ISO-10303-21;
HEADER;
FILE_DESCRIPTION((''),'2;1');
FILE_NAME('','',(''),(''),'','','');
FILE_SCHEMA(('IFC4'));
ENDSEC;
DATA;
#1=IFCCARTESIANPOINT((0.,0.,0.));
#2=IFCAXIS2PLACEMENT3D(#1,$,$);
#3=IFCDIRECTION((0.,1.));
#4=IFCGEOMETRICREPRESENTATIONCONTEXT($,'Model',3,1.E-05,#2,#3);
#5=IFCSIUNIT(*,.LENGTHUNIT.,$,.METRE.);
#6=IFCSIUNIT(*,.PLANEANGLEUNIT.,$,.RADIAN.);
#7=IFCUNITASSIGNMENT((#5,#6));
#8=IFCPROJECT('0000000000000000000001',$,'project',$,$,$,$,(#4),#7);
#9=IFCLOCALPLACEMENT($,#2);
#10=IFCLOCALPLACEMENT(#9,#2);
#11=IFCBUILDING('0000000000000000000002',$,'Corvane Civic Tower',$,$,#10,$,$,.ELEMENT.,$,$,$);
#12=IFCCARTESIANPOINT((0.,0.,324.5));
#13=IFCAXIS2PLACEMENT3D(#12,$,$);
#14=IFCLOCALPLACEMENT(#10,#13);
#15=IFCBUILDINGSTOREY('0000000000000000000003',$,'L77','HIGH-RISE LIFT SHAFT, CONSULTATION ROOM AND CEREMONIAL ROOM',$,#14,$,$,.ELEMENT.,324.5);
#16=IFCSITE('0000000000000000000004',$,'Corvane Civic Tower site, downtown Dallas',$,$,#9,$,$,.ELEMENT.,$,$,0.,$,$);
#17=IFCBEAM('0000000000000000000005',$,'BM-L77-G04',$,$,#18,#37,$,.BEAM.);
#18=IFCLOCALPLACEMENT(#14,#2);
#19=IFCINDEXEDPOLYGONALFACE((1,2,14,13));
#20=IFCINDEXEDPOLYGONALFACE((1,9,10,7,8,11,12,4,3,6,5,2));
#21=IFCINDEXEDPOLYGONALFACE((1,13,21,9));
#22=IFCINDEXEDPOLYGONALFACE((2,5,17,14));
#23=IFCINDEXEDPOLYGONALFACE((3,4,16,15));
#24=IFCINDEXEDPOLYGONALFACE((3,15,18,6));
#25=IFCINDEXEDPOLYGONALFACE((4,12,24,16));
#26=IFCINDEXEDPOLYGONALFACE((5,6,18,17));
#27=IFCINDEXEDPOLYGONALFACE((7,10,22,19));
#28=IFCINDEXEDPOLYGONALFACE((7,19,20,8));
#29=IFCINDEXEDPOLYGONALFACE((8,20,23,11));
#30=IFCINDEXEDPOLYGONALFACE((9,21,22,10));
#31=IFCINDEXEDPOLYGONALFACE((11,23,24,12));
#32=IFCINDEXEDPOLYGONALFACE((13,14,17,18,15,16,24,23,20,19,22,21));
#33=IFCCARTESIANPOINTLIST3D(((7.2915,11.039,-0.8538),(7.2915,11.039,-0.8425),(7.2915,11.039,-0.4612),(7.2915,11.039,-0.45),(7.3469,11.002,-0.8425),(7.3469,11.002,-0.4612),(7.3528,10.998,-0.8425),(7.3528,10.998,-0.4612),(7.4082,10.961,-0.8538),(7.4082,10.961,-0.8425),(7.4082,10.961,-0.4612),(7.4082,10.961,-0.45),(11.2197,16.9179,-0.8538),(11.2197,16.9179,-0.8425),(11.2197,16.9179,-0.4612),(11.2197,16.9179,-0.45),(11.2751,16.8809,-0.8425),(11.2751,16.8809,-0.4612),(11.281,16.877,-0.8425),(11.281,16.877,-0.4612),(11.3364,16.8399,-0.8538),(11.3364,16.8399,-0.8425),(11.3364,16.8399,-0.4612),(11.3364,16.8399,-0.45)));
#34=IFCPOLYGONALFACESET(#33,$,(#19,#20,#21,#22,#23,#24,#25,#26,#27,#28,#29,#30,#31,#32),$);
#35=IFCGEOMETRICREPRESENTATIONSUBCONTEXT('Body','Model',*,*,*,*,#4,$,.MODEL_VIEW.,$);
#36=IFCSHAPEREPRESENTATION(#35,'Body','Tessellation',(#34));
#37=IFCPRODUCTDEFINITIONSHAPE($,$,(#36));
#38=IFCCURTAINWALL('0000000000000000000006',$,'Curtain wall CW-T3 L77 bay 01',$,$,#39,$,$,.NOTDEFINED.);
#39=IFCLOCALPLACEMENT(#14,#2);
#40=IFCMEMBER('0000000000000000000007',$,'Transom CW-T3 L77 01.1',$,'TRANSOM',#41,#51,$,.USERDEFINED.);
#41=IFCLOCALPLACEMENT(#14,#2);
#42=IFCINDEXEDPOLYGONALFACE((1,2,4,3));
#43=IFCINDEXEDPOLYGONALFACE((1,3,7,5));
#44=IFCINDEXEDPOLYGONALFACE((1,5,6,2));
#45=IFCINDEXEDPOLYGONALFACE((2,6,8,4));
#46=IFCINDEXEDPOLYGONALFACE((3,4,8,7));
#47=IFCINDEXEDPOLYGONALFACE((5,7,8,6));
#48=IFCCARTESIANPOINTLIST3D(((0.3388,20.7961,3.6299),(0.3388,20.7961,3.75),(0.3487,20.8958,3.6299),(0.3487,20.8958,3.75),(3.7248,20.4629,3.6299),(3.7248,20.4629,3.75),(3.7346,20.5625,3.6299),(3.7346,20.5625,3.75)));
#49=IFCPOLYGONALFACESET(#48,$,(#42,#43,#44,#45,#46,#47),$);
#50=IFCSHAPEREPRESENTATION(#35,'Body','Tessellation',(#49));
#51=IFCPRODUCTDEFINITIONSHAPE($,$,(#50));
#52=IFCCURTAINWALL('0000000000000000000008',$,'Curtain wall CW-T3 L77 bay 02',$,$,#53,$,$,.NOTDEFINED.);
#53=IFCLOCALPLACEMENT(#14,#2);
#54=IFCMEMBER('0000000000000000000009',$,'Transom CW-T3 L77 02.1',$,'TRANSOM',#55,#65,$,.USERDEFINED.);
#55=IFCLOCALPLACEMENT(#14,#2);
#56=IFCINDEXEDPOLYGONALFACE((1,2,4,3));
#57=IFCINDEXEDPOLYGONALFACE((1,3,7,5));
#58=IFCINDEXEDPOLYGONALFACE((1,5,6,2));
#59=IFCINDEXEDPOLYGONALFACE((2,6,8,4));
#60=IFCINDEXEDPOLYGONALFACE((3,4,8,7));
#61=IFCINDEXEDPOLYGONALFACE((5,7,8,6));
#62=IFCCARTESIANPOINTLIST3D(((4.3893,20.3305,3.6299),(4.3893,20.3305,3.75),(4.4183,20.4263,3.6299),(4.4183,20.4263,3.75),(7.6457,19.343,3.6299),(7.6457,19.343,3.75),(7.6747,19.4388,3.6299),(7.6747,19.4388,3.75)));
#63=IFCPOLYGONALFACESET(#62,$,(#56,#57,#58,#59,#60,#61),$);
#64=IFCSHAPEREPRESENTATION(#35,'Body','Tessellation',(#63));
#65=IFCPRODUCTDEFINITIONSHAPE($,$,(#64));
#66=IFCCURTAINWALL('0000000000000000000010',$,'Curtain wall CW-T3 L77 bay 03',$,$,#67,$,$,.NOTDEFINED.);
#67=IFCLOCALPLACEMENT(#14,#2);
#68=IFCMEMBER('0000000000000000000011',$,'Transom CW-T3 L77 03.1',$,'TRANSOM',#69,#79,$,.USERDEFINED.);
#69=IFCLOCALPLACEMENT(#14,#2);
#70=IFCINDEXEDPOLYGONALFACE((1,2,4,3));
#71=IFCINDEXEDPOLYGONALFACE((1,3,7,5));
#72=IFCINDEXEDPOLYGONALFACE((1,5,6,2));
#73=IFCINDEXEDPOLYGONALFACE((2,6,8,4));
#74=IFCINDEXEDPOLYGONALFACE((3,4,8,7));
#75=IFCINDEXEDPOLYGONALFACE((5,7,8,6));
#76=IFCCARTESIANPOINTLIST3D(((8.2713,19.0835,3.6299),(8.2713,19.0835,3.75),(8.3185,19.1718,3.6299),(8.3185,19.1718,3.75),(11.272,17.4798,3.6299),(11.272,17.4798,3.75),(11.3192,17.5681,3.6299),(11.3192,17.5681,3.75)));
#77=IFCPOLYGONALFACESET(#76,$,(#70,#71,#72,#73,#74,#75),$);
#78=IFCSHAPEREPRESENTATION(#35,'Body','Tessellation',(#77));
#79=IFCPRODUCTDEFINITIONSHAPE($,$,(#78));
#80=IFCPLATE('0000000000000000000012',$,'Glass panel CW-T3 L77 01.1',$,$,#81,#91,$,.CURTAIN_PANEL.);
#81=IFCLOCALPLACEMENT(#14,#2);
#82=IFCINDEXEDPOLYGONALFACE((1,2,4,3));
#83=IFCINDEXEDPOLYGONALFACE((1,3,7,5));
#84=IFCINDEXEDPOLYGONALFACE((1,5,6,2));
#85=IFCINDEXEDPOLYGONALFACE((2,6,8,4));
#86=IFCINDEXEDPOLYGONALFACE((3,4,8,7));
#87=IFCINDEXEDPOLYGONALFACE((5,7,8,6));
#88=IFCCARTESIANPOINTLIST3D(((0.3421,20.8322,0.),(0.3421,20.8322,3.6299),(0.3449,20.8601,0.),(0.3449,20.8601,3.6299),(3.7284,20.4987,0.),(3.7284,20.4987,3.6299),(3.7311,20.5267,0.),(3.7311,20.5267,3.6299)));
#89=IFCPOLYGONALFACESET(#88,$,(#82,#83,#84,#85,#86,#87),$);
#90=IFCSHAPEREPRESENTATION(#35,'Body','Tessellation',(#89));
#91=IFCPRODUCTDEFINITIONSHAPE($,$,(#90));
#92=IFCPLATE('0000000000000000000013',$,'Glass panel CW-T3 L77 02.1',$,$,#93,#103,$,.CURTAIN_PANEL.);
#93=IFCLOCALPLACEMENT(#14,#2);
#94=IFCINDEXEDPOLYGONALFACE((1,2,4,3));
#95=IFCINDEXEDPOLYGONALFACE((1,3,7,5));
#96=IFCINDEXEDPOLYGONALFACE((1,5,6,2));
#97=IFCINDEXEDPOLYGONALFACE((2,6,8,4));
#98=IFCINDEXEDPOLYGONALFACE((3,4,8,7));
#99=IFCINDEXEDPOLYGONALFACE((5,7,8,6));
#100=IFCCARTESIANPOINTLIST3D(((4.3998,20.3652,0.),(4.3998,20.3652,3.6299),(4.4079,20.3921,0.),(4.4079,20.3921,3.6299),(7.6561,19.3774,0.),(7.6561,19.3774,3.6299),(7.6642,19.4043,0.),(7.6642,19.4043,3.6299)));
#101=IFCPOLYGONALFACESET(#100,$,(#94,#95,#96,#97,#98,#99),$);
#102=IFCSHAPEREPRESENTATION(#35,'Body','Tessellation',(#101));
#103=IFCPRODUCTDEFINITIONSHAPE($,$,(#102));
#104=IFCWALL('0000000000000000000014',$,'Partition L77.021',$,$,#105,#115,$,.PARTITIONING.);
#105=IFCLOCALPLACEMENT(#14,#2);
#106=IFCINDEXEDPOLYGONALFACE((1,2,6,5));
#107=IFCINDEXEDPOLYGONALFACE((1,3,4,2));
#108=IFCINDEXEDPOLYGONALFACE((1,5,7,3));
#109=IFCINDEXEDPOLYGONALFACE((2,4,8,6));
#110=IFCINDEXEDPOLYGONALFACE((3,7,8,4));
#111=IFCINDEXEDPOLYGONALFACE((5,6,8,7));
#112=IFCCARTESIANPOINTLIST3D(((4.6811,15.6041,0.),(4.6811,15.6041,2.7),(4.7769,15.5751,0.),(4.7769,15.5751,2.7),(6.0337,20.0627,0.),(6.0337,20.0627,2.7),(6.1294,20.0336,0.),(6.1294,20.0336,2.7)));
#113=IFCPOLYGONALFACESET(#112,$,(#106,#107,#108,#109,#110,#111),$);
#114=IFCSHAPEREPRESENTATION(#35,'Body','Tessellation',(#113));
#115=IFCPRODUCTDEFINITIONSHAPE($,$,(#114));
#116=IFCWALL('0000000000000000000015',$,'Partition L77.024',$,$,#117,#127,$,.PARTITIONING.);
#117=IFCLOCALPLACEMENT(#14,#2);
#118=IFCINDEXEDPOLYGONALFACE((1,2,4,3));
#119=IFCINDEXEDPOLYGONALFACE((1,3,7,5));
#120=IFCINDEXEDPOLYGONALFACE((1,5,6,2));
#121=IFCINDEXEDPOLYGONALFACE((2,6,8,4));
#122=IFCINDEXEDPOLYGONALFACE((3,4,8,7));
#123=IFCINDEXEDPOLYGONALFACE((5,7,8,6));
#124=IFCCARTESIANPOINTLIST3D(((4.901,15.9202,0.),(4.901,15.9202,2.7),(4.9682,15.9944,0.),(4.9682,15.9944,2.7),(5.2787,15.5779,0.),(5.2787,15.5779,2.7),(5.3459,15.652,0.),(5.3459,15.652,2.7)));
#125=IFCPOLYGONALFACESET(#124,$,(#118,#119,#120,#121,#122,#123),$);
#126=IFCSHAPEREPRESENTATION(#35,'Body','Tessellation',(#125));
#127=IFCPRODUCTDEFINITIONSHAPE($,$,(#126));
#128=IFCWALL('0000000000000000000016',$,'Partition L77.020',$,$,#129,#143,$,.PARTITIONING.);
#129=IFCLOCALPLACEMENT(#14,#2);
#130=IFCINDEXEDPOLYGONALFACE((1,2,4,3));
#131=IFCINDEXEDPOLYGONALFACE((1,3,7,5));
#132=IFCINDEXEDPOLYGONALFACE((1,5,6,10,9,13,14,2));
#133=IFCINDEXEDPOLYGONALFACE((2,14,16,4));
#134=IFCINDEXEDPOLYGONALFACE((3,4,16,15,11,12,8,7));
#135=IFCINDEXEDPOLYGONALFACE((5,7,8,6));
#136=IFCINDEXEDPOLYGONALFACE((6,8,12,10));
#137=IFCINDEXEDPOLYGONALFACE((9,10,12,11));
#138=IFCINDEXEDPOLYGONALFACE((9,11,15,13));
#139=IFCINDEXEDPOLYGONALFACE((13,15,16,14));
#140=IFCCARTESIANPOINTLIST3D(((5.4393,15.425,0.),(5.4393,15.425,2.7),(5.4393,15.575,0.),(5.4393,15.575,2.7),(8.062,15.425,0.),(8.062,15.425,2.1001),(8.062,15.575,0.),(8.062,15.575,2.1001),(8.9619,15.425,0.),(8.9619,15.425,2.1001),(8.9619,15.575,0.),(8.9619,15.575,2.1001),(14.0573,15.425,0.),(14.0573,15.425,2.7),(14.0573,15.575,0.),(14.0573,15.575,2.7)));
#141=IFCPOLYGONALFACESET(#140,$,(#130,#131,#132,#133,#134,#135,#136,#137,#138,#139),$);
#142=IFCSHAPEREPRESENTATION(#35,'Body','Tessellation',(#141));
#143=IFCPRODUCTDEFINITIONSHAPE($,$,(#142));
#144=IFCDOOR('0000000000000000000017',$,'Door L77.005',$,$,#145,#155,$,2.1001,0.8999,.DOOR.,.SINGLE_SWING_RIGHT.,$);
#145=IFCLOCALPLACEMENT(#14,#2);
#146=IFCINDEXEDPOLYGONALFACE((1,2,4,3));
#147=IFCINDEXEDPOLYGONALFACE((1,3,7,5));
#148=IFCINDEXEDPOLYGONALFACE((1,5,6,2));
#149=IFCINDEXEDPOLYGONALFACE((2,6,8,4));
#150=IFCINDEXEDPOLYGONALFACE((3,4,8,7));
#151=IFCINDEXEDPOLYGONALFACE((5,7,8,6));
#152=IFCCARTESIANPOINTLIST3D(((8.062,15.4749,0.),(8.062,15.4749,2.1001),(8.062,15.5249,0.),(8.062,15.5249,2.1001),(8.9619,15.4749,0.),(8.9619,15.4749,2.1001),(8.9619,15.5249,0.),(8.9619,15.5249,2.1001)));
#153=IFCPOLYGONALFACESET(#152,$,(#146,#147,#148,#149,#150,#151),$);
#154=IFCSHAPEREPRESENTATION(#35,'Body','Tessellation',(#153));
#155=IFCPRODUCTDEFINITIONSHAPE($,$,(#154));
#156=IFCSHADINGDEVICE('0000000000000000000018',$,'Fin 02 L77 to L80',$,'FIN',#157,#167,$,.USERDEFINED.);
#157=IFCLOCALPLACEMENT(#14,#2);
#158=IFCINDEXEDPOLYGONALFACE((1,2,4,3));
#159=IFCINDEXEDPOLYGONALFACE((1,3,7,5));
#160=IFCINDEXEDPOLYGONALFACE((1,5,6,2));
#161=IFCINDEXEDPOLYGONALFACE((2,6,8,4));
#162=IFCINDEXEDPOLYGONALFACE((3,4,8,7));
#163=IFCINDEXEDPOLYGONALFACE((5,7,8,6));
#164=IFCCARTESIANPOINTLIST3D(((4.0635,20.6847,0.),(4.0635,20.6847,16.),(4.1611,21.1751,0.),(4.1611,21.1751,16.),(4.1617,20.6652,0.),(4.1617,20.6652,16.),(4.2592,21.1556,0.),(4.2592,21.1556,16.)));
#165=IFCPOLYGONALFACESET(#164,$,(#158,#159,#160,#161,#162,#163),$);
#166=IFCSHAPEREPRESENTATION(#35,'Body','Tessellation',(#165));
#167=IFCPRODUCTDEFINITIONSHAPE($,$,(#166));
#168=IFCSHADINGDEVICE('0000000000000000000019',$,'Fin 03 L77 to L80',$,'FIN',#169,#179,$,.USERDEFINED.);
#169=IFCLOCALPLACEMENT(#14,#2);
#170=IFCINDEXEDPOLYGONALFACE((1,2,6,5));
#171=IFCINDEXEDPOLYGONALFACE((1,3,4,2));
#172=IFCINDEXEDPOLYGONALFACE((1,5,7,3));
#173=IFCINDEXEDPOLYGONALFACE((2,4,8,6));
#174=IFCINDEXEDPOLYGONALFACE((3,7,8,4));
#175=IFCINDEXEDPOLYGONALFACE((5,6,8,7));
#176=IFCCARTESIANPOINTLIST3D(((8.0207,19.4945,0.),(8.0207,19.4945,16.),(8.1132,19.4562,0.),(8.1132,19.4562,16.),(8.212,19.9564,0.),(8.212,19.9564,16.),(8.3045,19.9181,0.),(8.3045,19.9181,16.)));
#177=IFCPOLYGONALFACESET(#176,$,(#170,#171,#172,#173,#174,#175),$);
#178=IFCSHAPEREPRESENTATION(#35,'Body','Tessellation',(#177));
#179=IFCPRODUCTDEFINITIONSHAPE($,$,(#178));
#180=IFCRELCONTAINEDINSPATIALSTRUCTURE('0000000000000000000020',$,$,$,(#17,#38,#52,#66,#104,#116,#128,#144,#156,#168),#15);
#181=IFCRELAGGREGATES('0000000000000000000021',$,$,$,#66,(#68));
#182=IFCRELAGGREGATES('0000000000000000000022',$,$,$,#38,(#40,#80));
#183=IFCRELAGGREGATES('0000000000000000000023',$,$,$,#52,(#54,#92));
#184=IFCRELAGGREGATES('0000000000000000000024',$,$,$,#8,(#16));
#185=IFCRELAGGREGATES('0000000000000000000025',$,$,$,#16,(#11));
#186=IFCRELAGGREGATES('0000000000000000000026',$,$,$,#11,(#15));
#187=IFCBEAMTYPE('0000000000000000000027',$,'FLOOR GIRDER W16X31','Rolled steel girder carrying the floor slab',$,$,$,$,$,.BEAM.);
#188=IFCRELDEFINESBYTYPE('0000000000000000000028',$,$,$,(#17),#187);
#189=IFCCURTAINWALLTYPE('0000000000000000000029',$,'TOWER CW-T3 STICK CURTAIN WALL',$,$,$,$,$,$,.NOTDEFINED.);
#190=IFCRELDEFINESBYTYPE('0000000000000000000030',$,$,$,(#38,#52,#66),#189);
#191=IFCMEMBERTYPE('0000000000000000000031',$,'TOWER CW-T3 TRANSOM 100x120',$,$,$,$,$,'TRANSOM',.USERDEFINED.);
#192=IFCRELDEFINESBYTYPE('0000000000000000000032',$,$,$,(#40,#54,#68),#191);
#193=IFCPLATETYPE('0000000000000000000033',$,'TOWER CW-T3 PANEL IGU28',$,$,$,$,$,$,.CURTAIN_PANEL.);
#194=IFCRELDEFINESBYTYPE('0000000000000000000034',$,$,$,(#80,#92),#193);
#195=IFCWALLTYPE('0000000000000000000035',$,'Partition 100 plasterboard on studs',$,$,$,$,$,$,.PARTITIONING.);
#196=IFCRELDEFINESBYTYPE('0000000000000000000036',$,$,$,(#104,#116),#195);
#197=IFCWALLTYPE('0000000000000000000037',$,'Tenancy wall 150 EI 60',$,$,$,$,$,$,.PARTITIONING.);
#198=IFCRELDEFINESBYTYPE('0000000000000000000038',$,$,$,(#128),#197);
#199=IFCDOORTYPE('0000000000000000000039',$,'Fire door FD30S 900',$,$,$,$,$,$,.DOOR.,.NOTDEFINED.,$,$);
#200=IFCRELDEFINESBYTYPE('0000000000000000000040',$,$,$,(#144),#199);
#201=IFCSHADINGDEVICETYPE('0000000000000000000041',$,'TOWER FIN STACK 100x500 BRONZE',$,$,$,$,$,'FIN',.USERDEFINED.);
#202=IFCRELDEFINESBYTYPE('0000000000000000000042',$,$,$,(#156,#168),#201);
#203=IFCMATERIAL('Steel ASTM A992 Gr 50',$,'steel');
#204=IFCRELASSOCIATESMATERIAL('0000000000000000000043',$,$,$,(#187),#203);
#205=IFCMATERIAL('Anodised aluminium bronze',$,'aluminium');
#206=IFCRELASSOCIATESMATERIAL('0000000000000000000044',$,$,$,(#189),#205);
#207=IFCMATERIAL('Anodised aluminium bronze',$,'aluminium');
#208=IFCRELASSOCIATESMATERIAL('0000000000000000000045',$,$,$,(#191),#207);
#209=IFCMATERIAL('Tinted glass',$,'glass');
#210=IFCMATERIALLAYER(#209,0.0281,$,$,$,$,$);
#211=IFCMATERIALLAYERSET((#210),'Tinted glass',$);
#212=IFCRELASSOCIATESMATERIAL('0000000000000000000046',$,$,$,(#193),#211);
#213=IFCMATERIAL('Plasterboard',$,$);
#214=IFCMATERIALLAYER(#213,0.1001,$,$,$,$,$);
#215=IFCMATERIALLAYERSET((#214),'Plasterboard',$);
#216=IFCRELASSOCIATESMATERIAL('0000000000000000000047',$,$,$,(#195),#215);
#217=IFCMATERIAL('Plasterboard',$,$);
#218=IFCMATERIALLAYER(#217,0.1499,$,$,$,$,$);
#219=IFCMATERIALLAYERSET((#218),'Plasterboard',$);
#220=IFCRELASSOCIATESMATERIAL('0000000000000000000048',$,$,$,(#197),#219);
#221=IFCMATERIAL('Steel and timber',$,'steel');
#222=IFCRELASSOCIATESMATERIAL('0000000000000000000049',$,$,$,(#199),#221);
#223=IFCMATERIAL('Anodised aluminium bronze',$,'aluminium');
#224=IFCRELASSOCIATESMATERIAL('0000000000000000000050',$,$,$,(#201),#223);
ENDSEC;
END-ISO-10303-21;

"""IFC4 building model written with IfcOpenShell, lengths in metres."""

from ifc_helpers import new_model, si_unit, direction, frame, frame_2d, origin, origin_2d, place, context, subcontext, project, spatial, rectangle, i_section, extrude, material, layer, layer_set, material_profile, profile_set, type_object, element, fill, aggregate, save


model = new_model("IFC4")

# Units and contexts
model_context = context("Model", 3, precision=1e-05, world=origin(), true_north=direction((0.0, 1.0)))
body_context = subcontext(model_context, "Body", "Model", "MODEL_VIEW")
ifc_project = project(units=[si_unit("LENGTHUNIT", "METRE"), si_unit("PLANEANGLEUNIT", "RADIAN")], contexts=[model_context])

# Site, building, storey
site_placement = place(None, origin())
site = spatial("IfcSite", under=ifc_project, at=site_placement, Name="Corvane Civic Tower site, downtown Dallas", CompositionType="ELEMENT", RefElevation=0.0)
building_placement = place(site_placement, origin())
building = spatial("IfcBuilding", under=site, at=building_placement, Name="Corvane Civic Tower", CompositionType="ELEMENT")
storey_placement = place(building_placement, frame((0.0, 0.0, 324.5)))
storey = spatial("IfcBuildingStorey", under=building, at=storey_placement, Name="L77", Description="HIGH-RISE LIFT SHAFT, CONSULTATION ROOM AND CEREMONIAL ROOM", CompositionType="ELEMENT", Elevation=324.5)

# Beam
ifc_material_1 = material(Name="Steel ASTM A992 Gr 50", Category="steel")
ifc_material_profile_1 = material_profile(ifc_material_1, i_section(OverallWidth=0.1404, OverallDepth=0.4038, WebThickness=0.0071, FlangeThickness=0.0112, at=origin_2d()), Name="W16X31")
ifc_profile_set_1 = profile_set([ifc_material_profile_1], Name="Steel ASTM A992 Gr 50")
beam_type_1 = type_object("IfcBeamType", Name="FLOOR GIRDER W16X31", Description="Rolled steel girder carrying the floor slab", PredefinedType="BEAM", material=ifc_profile_set_1)
beam_1_placement = place(storey_placement, frame((7.3499, 11.0, -0.6519), z_axis=(0.555576, 0.831465, 0.0), x_axis=(-0.831465, 0.555576, 0.0)))
element("IfcBeam", 1, at=beam_1_placement, inside=storey, type_object=beam_type_1, Name="BM-L77-G04", PredefinedType="BEAM", context=body_context, shape_type="SweptSolid", body=[
    extrude(i_section(OverallWidth=0.1404, OverallDepth=0.4038, WebThickness=0.0071, FlangeThickness=0.0112, at=origin_2d()), origin(), (0.0, 0.0, 1.0), 7.0706),
])

# Curtain walls, members
ifc_material_2 = material(Name="Anodised aluminium bronze", Category="aluminium")
curtain_wall_type = type_object("IfcCurtainWallType", Name="TOWER CW-T3 STICK CURTAIN WALL", PredefinedType="NOTDEFINED", material=ifc_material_2)
curtain_wall_1_placement = place(storey_placement, origin())
curtain_wall_1 = element("IfcCurtainWall", 2, at=curtain_wall_1_placement, inside=storey, type_object=curtain_wall_type, Name="Curtain wall CW-T3 L77 bay 01", PredefinedType="NOTDEFINED")
ifc_material_3 = material(Name="Anodised aluminium bronze", Category="aluminium")
ifc_material_profile_2 = material_profile(ifc_material_3, rectangle(XDim=0.1001, YDim=0.1201, at=origin_2d()), Name="TOWER CW-T3 TRANSOM 100x120")
ifc_profile_set_2 = profile_set([ifc_material_profile_2], Name="Anodised aluminium bronze")
member_type = type_object("IfcMemberType", Name="TOWER CW-T3 TRANSOM 100x120", ElementType="TRANSOM", PredefinedType="USERDEFINED", material=ifc_profile_set_2)
member_1_placement = place(storey_placement, frame((0.3438, 20.8459, 3.6899), z_axis=(0.995192, -0.097948, 0.0), x_axis=(0.097948, 0.995192, 0.0)))
member_1 = element("IfcMember", 3, at=member_1_placement, type_object=member_type, Name="Transom CW-T3 L77 01.1", ObjectType="TRANSOM", PredefinedType="USERDEFINED", context=body_context, shape_type="SweptSolid", body=[
    extrude(rectangle(XDim=0.1001, YDim=0.1201, at=origin_2d()), origin(), (0.0, 0.0, 1.0), 3.4023),
])
curtain_wall_2_placement = place(storey_placement, origin())
curtain_wall_2 = element("IfcCurtainWall", 4, at=curtain_wall_2_placement, inside=storey, type_object=curtain_wall_type, Name="Curtain wall CW-T3 L77 bay 02", PredefinedType="NOTDEFINED")
member_2_placement = place(storey_placement, frame((4.4038, 20.3784, 3.6899), z_axis=(0.956961, -0.290216, 0.0), x_axis=(0.290216, 0.956961, 0.0)))
member_2 = element("IfcMember", 5, at=member_2_placement, type_object=member_type, Name="Transom CW-T3 L77 02.1", ObjectType="TRANSOM", PredefinedType="USERDEFINED", context=body_context, shape_type="SweptSolid", body=[
    extrude(rectangle(XDim=0.1001, YDim=0.1201, at=origin_2d()), origin(), (0.0, 0.0, 1.0), 3.4028),
])
curtain_wall_3_placement = place(storey_placement, origin())
curtain_wall_3 = element("IfcCurtainWall", 6, at=curtain_wall_3_placement, inside=storey, type_object=curtain_wall_type, Name="Curtain wall CW-T3 L77 bay 03", PredefinedType="NOTDEFINED")
member_3_placement = place(storey_placement, frame((8.2949, 19.1277, 3.6899), z_axis=(0.881941, -0.471359, 0.0), x_axis=(0.471359, 0.881941, 0.0)))
member_3 = element("IfcMember", 7, at=member_3_placement, type_object=member_type, Name="Transom CW-T3 L77 03.1", ObjectType="TRANSOM", PredefinedType="USERDEFINED", context=body_context, shape_type="SweptSolid", body=[
    extrude(rectangle(XDim=0.1001, YDim=0.1201, at=origin_2d()), origin(), (0.0, 0.0, 1.0), 3.4023),
])
aggregate(curtain_wall_3, [member_3])

# Plates
ifc_material_4 = material(Name="Tinted glass", Category="glass")
ifc_layer_1 = layer(ifc_material_4, 0.0281)
ifc_layer_set_1 = layer_set([ifc_layer_1], Name="Tinted glass")
plate_type = type_object("IfcPlateType", Name="TOWER CW-T3 PANEL IGU28", PredefinedType="CURTAIN_PANEL", material=ifc_layer_set_1)
plate_1_placement = place(storey_placement, frame((2.0366, 20.6794, 0.0), z_axis=(0.0, 0.0, 1.0), x_axis=(0.995187, -0.097998, 0.0)))
plate_1 = element("IfcPlate", 8, at=plate_1_placement, type_object=plate_type, Name="Glass panel CW-T3 L77 01.1", PredefinedType="CURTAIN_PANEL", context=body_context, shape_type="SweptSolid", body=[
    extrude(rectangle(XDim=3.4026, YDim=0.0281, at=origin_2d()), origin(), (0.0, 0.0, 1.0), 3.6299),
])
aggregate(curtain_wall_1, [member_1, plate_1])
plate_2_placement = place(storey_placement, frame((6.032, 19.8848, 0.0), z_axis=(0.0, 0.0, 1.0), x_axis=(0.956939, -0.29029, 0.0)))
plate_2 = element("IfcPlate", 9, at=plate_2_placement, type_object=plate_type, Name="Glass panel CW-T3 L77 02.1", PredefinedType="CURTAIN_PANEL", context=body_context, shape_type="SweptSolid", body=[
    extrude(rectangle(XDim=3.4028, YDim=0.0281, at=origin_2d()), origin(), (0.0, 0.0, 1.0), 3.6299),
])
aggregate(curtain_wall_2, [member_2, plate_2])

# Walls
ifc_material_5 = material(Name="Plasterboard")
ifc_layer_2 = layer(ifc_material_5, 0.1001)
ifc_layer_set_2 = layer_set([ifc_layer_2], Name="Plasterboard")
wall_type_1 = type_object("IfcWallType", Name="Partition 100 plasterboard on studs", PredefinedType="PARTITIONING", material=ifc_layer_set_2)
wall_1_placement = place(storey_placement, frame((4.729, 15.5896, 0.0), z_axis=(0.0, 0.0, 1.0), x_axis=(0.290298, 0.956936, 0.0)))
element("IfcWall", 10, at=wall_1_placement, inside=storey, type_object=wall_type_1, Name="Partition L77.021", PredefinedType="PARTITIONING", context=body_context, shape_type="SweptSolid", body=[
    extrude(rectangle(XDim=4.6592, YDim=0.1001, at=frame_2d((2.3296, 0.0))), origin(), (0.0, 0.0, 1.0), 2.7),
])
wall_2_placement = place(storey_placement, frame((4.9346, 15.9573, 0.0), z_axis=(0.0, 0.0, 1.0), x_axis=(0.74098, -0.671528, 0.0)))
element("IfcWall", 11, at=wall_2_placement, inside=storey, type_object=wall_type_1, Name="Partition L77.024", PredefinedType="PARTITIONING", context=body_context, shape_type="SweptSolid", body=[
    extrude(rectangle(XDim=0.5098, YDim=0.1001, at=frame_2d((0.2549, 0.0))), origin(), (0.0, 0.0, 1.0), 2.7),
])

# Wall, opening, door
ifc_material_6 = material(Name="Plasterboard")
ifc_layer_3 = layer(ifc_material_6, 0.1499)
ifc_layer_set_3 = layer_set([ifc_layer_3], Name="Plasterboard")
wall_type_2 = type_object("IfcWallType", Name="Tenancy wall 150 EI 60", PredefinedType="PARTITIONING", material=ifc_layer_set_3)
wall_3_placement = place(storey_placement, frame((5.4392, 15.5, 0.0), z_axis=(0.0, 0.0, 1.0), x_axis=(1.0, 0.0, 0.0)))
wall_3 = element("IfcWall", 12, at=wall_3_placement, inside=storey, type_object=wall_type_2, Name="Partition L77.020", PredefinedType="PARTITIONING", context=body_context, shape_type="SweptSolid", body=[
    extrude(rectangle(XDim=8.6179, YDim=0.1499, at=frame_2d((4.3091, 0.0))), origin(), (0.0, 0.0, 1.0), 2.7),
])
opening_placement = place(wall_3_placement, frame((2.6228, 0.0, 0.0)))
opening = element("IfcOpeningElement", 13, at=opening_placement, cuts=wall_3, PredefinedType="OPENING", context=body_context, shape_type="SweptSolid", body=[
    extrude(rectangle(XDim=0.8999, YDim=2.1001, at=frame_2d((0.45, 1.05))), frame((0.0, 0.085, 0.0), z_axis=(0.0, -1.0, 0.0), x_axis=(1.0, 0.0, 0.0)), (0.0, 0.0, 1.0), 0.1699),
])
ifc_material_7 = material(Name="Steel and timber", Category="steel")
door_type = type_object("IfcDoorType", Name="Fire door FD30S 900", OperationType="NOTDEFINED", PredefinedType="DOOR", material=ifc_material_7)
door_placement = place(opening_placement, origin())
door = element("IfcDoor", 14, at=door_placement, inside=storey, type_object=door_type, Name="Door L77.005", OperationType="SINGLE_SWING_RIGHT", OverallHeight=2.1001, OverallWidth=0.8999, PredefinedType="DOOR", context=body_context, shape_type="SweptSolid", body=[
    extrude(rectangle(XDim=0.8999, YDim=2.1001, at=frame_2d((0.45, 1.05))), frame((0.0, 0.0249, 0.0), z_axis=(0.0, -1.0, 0.0), x_axis=(1.0, 0.0, 0.0)), (0.0, 0.0, 1.0), 0.05),
])
fill(opening, door)

# Shading devices
ifc_material_8 = material(Name="Anodised aluminium bronze", Category="aluminium")
ifc_material_profile_3 = material_profile(ifc_material_8, rectangle(XDim=0.1001, YDim=0.5, at=origin_2d()), Name="TOWER FIN STACK 100x500 BRONZE")
ifc_profile_set_3 = profile_set([ifc_material_profile_3], Name="Anodised aluminium bronze")
shading_device_type = type_object("IfcShadingDeviceType", Name="TOWER FIN STACK 100x500 BRONZE", ElementType="FIN", PredefinedType="USERDEFINED", material=ifc_profile_set_3)
for number, where, z_axis, x_axis, name in (
    (15, (4.1614, 20.9202, 0.0), (0.0, 0.0, 1.0), (0.980785, -0.19509, 0.0), "Fin 02 L77 to L80"),
    (16, (8.1626, 19.7063, 0.0), (0.0, 0.0, 1.0), (0.92388, -0.382683, 0.0), "Fin 03 L77 to L80"),
):
    element("IfcShadingDevice", number, at=place(storey_placement, frame(where, z_axis=z_axis, x_axis=x_axis)), inside=storey, type_object=shading_device_type, Name=name, ObjectType="FIN", PredefinedType="USERDEFINED", context=body_context, shape_type="SweptSolid", body=[
        extrude(rectangle(XDim=0.1001, YDim=0.5, at=origin_2d()), origin(), (0.0, 0.0, 1.0), 16.0),
    ])

save(model, "model.ifc")
